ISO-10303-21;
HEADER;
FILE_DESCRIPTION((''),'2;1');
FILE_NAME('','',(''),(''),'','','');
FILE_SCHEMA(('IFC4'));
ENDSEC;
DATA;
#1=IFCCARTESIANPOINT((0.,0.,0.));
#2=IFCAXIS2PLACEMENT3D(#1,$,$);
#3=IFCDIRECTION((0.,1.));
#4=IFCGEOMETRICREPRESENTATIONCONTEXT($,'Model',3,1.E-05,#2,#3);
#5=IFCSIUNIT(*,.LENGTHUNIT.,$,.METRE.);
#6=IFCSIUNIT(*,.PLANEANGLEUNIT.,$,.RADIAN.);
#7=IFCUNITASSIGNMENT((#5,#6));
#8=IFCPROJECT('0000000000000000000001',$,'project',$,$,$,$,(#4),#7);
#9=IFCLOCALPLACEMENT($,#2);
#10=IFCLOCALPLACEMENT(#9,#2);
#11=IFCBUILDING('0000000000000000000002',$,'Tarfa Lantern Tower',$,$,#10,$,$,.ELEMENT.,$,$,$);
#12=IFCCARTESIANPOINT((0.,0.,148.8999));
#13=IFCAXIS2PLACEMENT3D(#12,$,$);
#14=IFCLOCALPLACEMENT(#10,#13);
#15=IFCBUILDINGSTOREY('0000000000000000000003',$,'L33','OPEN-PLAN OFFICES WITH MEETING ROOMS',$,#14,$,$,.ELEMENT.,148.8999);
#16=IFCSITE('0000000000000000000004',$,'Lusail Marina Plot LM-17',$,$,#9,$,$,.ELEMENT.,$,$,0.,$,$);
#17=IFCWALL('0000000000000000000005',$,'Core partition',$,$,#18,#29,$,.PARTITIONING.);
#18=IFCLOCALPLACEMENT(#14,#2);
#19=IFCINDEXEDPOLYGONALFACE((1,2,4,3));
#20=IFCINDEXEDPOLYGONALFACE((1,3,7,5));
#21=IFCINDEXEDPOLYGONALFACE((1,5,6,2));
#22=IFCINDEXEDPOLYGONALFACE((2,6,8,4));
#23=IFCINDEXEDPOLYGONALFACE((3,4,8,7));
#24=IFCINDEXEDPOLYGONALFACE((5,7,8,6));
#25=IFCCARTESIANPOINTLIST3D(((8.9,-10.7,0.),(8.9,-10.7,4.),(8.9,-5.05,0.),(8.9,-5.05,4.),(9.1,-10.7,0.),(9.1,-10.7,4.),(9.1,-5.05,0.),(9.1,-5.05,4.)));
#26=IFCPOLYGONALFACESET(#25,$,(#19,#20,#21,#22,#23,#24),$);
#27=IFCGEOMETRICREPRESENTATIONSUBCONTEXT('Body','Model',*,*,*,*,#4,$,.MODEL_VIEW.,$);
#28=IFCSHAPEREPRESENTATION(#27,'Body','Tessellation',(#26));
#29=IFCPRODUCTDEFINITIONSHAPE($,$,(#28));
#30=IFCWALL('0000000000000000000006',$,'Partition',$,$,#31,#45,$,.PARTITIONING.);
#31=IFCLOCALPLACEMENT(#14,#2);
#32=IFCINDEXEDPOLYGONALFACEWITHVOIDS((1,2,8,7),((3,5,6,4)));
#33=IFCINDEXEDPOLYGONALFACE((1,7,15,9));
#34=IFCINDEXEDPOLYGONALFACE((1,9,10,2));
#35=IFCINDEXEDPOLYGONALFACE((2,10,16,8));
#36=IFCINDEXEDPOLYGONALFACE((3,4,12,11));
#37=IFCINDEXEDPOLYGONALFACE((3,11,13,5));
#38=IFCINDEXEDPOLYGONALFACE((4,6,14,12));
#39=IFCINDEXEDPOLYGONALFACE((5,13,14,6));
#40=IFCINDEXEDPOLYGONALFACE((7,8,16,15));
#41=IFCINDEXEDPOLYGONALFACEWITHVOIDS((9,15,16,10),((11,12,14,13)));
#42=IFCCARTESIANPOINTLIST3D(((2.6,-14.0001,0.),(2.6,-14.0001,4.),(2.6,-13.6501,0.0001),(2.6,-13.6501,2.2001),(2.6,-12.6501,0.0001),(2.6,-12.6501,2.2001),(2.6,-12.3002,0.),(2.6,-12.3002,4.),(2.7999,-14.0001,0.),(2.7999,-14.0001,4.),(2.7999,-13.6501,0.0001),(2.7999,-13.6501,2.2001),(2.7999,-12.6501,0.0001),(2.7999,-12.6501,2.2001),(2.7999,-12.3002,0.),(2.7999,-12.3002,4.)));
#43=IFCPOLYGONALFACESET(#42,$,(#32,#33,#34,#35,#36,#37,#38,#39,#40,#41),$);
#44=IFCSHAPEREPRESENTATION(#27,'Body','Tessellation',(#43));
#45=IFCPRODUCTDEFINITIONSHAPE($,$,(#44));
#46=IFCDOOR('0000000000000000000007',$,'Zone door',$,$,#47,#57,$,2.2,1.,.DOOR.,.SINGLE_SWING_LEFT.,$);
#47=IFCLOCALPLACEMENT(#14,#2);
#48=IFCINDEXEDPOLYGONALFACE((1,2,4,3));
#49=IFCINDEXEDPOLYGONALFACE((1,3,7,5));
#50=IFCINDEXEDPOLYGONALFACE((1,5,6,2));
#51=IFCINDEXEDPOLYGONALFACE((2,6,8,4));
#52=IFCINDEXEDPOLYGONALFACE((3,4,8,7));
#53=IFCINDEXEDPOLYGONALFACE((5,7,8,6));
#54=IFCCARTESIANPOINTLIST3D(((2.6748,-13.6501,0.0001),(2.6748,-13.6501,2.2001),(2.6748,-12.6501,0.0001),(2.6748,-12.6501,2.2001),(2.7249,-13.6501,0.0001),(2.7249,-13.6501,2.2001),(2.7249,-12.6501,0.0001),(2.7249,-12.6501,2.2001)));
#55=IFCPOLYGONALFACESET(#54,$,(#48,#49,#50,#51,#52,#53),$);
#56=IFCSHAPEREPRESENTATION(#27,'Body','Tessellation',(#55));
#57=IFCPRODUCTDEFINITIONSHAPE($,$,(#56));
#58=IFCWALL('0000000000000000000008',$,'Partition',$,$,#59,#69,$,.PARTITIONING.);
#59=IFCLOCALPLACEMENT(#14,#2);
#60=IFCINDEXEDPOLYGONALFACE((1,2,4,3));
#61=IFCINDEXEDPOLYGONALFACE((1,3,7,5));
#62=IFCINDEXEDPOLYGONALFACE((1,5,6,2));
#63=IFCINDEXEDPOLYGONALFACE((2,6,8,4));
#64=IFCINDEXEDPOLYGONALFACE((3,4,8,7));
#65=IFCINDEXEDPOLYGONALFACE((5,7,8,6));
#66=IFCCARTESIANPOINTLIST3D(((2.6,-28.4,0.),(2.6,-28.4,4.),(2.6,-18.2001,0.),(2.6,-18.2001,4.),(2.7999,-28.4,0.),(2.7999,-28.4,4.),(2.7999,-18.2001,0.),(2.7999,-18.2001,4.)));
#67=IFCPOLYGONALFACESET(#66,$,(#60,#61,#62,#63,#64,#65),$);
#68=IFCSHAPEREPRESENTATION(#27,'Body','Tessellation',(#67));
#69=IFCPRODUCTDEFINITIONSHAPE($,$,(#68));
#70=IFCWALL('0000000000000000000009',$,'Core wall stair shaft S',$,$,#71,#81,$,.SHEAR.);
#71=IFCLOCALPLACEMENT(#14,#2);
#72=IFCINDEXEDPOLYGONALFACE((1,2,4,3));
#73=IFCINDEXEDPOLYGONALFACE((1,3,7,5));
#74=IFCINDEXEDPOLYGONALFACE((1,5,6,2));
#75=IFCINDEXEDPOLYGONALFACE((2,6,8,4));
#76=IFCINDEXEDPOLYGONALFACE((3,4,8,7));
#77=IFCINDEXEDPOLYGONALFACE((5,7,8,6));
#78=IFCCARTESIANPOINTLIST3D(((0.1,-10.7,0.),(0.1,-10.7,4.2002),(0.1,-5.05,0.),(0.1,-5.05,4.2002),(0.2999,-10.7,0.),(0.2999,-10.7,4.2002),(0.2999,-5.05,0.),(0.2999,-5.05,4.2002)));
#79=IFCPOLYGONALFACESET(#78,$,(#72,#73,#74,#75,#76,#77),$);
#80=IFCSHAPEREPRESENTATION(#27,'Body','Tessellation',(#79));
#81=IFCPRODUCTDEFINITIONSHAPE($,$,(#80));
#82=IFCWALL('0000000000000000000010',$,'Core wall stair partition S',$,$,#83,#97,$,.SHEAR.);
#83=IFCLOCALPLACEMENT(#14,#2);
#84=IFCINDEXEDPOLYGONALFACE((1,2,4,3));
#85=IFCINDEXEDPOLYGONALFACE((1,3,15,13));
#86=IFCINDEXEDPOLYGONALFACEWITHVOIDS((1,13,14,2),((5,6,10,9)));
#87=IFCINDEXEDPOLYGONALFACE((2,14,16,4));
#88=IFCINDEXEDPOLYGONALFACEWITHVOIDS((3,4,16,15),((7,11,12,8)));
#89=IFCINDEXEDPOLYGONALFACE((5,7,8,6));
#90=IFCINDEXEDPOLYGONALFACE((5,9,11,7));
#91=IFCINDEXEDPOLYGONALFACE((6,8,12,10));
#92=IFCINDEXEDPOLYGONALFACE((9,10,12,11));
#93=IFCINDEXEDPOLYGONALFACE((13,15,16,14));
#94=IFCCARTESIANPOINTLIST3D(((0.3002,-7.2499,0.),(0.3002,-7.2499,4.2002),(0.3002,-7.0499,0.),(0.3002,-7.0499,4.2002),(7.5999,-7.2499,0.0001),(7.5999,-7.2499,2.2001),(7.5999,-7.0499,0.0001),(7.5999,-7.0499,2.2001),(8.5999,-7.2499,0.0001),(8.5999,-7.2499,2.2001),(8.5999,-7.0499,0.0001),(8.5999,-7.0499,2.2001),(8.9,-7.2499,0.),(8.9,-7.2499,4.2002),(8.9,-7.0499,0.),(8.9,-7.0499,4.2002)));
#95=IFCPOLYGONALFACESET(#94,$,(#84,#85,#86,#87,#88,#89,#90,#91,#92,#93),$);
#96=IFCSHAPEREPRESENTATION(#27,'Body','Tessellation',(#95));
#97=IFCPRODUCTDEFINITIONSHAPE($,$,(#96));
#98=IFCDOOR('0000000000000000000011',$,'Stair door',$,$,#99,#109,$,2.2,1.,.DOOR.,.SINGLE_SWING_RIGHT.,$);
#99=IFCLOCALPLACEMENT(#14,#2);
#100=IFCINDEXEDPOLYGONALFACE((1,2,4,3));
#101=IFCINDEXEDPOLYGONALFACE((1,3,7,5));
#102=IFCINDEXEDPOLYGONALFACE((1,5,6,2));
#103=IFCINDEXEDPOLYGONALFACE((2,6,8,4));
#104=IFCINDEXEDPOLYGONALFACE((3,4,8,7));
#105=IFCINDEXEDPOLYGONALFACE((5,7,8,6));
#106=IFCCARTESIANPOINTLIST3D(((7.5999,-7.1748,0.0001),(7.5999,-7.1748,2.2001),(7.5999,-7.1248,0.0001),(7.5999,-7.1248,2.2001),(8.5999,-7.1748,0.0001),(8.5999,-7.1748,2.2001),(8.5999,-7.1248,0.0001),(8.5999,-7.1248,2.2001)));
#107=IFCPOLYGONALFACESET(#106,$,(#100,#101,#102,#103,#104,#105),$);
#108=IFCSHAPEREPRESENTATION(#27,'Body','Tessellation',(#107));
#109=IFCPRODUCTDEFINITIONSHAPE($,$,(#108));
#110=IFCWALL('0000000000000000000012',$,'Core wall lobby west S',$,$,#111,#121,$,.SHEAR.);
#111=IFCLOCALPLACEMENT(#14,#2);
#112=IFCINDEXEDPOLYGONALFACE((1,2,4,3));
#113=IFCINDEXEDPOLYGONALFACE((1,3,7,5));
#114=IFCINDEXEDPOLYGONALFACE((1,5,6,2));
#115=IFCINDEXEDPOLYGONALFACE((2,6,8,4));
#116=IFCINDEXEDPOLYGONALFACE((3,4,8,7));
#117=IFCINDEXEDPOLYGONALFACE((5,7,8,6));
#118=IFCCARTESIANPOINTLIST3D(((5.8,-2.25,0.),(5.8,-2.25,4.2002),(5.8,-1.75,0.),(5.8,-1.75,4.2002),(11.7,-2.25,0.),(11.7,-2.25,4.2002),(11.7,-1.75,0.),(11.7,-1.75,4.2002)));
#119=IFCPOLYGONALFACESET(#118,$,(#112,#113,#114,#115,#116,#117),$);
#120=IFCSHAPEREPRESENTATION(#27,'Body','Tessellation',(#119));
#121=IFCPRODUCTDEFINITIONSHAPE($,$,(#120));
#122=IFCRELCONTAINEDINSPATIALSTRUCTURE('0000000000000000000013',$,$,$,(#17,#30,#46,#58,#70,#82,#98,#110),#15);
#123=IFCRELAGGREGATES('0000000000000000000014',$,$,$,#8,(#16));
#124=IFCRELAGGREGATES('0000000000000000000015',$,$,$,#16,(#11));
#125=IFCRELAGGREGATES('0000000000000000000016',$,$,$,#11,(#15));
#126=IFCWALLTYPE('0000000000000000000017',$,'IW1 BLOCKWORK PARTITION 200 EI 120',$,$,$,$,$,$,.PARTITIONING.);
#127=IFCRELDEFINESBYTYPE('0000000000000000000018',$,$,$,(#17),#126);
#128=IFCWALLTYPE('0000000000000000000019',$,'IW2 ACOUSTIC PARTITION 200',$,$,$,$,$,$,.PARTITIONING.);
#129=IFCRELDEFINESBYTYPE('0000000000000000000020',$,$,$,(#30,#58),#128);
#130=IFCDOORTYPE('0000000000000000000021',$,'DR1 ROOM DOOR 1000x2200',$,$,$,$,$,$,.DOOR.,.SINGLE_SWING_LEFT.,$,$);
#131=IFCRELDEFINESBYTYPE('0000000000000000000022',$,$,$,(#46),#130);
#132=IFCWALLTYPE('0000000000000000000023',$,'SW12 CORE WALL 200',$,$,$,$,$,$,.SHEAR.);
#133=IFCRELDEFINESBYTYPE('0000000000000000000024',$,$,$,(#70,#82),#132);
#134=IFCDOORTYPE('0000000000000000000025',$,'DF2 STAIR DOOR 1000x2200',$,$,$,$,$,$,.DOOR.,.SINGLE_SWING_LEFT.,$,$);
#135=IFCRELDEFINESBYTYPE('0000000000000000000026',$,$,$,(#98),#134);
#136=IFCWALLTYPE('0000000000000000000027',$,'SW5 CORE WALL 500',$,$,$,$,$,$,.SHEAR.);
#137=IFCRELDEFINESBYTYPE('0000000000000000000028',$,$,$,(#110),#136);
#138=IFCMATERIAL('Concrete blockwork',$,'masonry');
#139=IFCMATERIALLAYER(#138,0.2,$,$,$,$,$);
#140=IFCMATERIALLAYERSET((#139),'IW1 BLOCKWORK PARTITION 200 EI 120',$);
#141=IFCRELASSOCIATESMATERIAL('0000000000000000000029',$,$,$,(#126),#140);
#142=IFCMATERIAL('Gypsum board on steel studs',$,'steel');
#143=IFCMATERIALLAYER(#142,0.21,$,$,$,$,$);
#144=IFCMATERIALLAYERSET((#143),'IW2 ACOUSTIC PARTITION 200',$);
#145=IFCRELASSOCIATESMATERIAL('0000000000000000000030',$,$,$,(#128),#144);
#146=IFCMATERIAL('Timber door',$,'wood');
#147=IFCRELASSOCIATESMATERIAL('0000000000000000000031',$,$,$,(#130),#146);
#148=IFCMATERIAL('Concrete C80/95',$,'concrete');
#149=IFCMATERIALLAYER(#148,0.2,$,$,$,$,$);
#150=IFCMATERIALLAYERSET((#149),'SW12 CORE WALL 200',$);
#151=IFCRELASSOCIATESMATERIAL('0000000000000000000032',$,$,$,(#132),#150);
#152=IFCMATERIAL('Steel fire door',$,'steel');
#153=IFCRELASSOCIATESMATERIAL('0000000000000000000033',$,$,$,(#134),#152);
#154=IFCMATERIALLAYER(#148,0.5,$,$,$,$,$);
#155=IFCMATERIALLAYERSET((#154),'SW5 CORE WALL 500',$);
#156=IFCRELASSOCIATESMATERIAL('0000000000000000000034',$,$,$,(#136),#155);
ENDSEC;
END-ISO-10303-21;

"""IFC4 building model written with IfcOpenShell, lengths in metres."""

from ifc_helpers import new_model, si_unit, direction, frame, frame_2d, origin, place, context, subcontext, project, spatial, rectangle, extrude, material, layer, layer_set, type_object, element, fill, save


model = new_model("IFC4")

# Units and contexts
model_context = context("Model", 3, precision=1e-05, world=origin(), true_north=direction((0.0, 1.0)))
body_context = subcontext(model_context, "Body", "Model", "MODEL_VIEW")
ifc_project = project(units=[si_unit("LENGTHUNIT", "METRE"), si_unit("PLANEANGLEUNIT", "RADIAN")], contexts=[model_context])

# Site, building, storey
site_placement = place(None, origin())
site = spatial("IfcSite", under=ifc_project, at=site_placement, Name="Lusail Marina Plot LM-17", CompositionType="ELEMENT", RefElevation=0.0)
building_placement = place(site_placement, origin())
building = spatial("IfcBuilding", under=site, at=building_placement, Name="Tarfa Lantern Tower", CompositionType="ELEMENT")
storey_placement = place(building_placement, frame((0.0, 0.0, 148.8999)))
storey = spatial("IfcBuildingStorey", under=building, at=storey_placement, Name="L33", Description="OPEN-PLAN OFFICES WITH MEETING ROOMS", CompositionType="ELEMENT", Elevation=148.8999)

# Wall
ifc_material_1 = material(Name="Concrete blockwork", Category="masonry")
ifc_layer_1 = layer(ifc_material_1, 0.2)
ifc_layer_set_1 = layer_set([ifc_layer_1], Name="IW1 BLOCKWORK PARTITION 200 EI 120")
wall_type_1 = type_object("IfcWallType", Name="IW1 BLOCKWORK PARTITION 200 EI 120", PredefinedType="PARTITIONING", material=ifc_layer_set_1)
wall_1_placement = place(storey_placement, frame((9.0, -5.05, 0.0), z_axis=(0.0, 0.0, 1.0), x_axis=(0.0, -1.0, 0.0)))
element("IfcWall", 1, at=wall_1_placement, inside=storey, type_object=wall_type_1, Name="Core partition", PredefinedType="PARTITIONING", context=body_context, shape_type="SweptSolid", body=[
    extrude(rectangle(XDim=5.6499, YDim=0.2, at=frame_2d((2.825, 0.0))), origin(), (0.0, 0.0, 1.0), 4.0),
])

# Wall, opening, door
ifc_material_2 = material(Name="Gypsum board on steel studs", Category="steel")
ifc_layer_2 = layer(ifc_material_2, 0.21)
ifc_layer_set_2 = layer_set([ifc_layer_2], Name="IW2 ACOUSTIC PARTITION 200")
wall_type_2 = type_object("IfcWallType", Name="IW2 ACOUSTIC PARTITION 200", PredefinedType="PARTITIONING", material=ifc_layer_set_2)
wall_2_placement = place(storey_placement, frame((2.7, -12.3, 0.0), z_axis=(0.0, 0.0, 1.0), x_axis=(0.0, -1.0, 0.0)))
wall_2 = element("IfcWall", 2, at=wall_2_placement, inside=storey, type_object=wall_type_2, Name="Partition", PredefinedType="PARTITIONING", context=body_context, shape_type="SweptSolid", body=[
    extrude(rectangle(XDim=1.7, YDim=0.2, at=frame_2d((0.8501, 0.0))), origin(), (0.0, 0.0, 1.0), 4.0),
])
opening_1_placement = place(wall_2_placement, frame((0.3501, 0.0, 0.0)))
opening_1 = element("IfcOpeningElement", 3, at=opening_1_placement, cuts=wall_2, PredefinedType="OPENING", context=body_context, shape_type="SweptSolid", body=[
    extrude(rectangle(XDim=1.0, YDim=2.2, at=frame_2d((0.5, 1.1001))), frame((0.0, 0.1099, 0.0), z_axis=(0.0, -1.0, 0.0), x_axis=(1.0, 0.0, 0.0)), (0.0, 0.0, 1.0), 0.22),
])
ifc_material_3 = material(Name="Timber door", Category="wood")
door_type_1 = type_object("IfcDoorType", Name="DR1 ROOM DOOR 1000x2200", OperationType="SINGLE_SWING_LEFT", PredefinedType="DOOR", material=ifc_material_3)
door_1_placement = place(opening_1_placement, origin())
door_1 = element("IfcDoor", 4, at=door_1_placement, inside=storey, type_object=door_type_1, Name="Zone door", OperationType="SINGLE_SWING_LEFT", OverallHeight=2.2, OverallWidth=1.0, PredefinedType="DOOR", context=body_context, shape_type="SweptSolid", body=[
    extrude(rectangle(XDim=1.0, YDim=2.2, at=frame_2d((0.5, 1.1001))), frame((0.0, 0.0249, 0.0), z_axis=(0.0, -1.0, 0.0), x_axis=(1.0, 0.0, 0.0)), (0.0, 0.0, 1.0), 0.05),
])
fill(opening_1, door_1)

# Walls
wall_3_placement = place(storey_placement, frame((2.7, -18.2, 0.0), z_axis=(0.0, 0.0, 1.0), x_axis=(0.0, -1.0, 0.0)))
element("IfcWall", 5, at=wall_3_placement, inside=storey, type_object=wall_type_2, Name="Partition", PredefinedType="PARTITIONING", context=body_context, shape_type="SweptSolid", body=[
    extrude(rectangle(XDim=10.2, YDim=0.2, at=frame_2d((5.1001, 0.0))), origin(), (0.0, 0.0, 1.0), 4.0),
])
ifc_material_4 = material(Name="Concrete C80/95", Category="concrete")
ifc_layer_3 = layer(ifc_material_4, 0.2)
ifc_layer_set_3 = layer_set([ifc_layer_3], Name="SW12 CORE WALL 200")
wall_type_3 = type_object("IfcWallType", Name="SW12 CORE WALL 200", PredefinedType="SHEAR", material=ifc_layer_set_3)
wall_4_placement = place(storey_placement, frame((0.2, -5.05, 0.0), z_axis=(0.0, 0.0, 1.0), x_axis=(0.0, -1.0, 0.0)))
element("IfcWall", 6, at=wall_4_placement, inside=storey, type_object=wall_type_3, Name="Core wall stair shaft S", PredefinedType="SHEAR", context=body_context, shape_type="SweptSolid", body=[
    extrude(rectangle(XDim=5.6499, YDim=0.2, at=frame_2d((2.825, 0.0))), origin(), (0.0, 0.0, 1.0), 4.2002),
])

# Wall, opening, door
wall_5_placement = place(storey_placement, frame((8.8999, -7.1499, 0.0), z_axis=(0.0, 0.0, 1.0), x_axis=(-1.0, 0.0, 0.0)))
wall_5 = element("IfcWall", 7, at=wall_5_placement, inside=storey, type_object=wall_type_3, Name="Core wall stair partition S", PredefinedType="SHEAR", context=body_context, shape_type="SweptSolid", body=[
    extrude(rectangle(XDim=8.5999, YDim=0.2, at=frame_2d((4.2998, 0.0))), origin(), (0.0, 0.0, 1.0), 4.2002),
])
opening_2_placement = place(wall_5_placement, frame((0.3, 0.0, 0.0)))
opening_2 = element("IfcOpeningElement", 8, at=opening_2_placement, cuts=wall_5, PredefinedType="OPENING", context=body_context, shape_type="SweptSolid", body=[
    extrude(rectangle(XDim=1.0, YDim=2.2, at=frame_2d((0.5, 1.1001))), frame((0.0, 0.1099, 0.0), z_axis=(0.0, -1.0, 0.0), x_axis=(1.0, 0.0, 0.0)), (0.0, 0.0, 1.0), 0.22),
])
ifc_material_5 = material(Name="Steel fire door", Category="steel")
door_type_2 = type_object("IfcDoorType", Name="DF2 STAIR DOOR 1000x2200", OperationType="SINGLE_SWING_LEFT", PredefinedType="DOOR", material=ifc_material_5)
door_2_placement = place(opening_2_placement, origin())
door_2 = element("IfcDoor", 9, at=door_2_placement, inside=storey, type_object=door_type_2, Name="Stair door", OperationType="SINGLE_SWING_RIGHT", OverallHeight=2.2, OverallWidth=1.0, PredefinedType="DOOR", context=body_context, shape_type="SweptSolid", body=[
    extrude(rectangle(XDim=1.0, YDim=2.2, at=frame_2d((0.5, 1.1001))), frame((0.0, 0.0249, 0.0), z_axis=(0.0, -1.0, 0.0), x_axis=(1.0, 0.0, 0.0)), (0.0, 0.0, 1.0), 0.05),
])
fill(opening_2, door_2)

# Wall
ifc_layer_4 = layer(ifc_material_4, 0.5)
ifc_layer_set_4 = layer_set([ifc_layer_4], Name="SW5 CORE WALL 500")
wall_type_4 = type_object("IfcWallType", Name="SW5 CORE WALL 500", PredefinedType="SHEAR", material=ifc_layer_set_4)
wall_6_placement = place(storey_placement, frame((11.7, -2.0, 0.0), z_axis=(0.0, 0.0, 1.0), x_axis=(-1.0, 0.0, 0.0)))
element("IfcWall", 10, at=wall_6_placement, inside=storey, type_object=wall_type_4, Name="Core wall lobby west S", PredefinedType="SHEAR", context=body_context, shape_type="SweptSolid", body=[
    extrude(rectangle(XDim=5.8999, YDim=0.5, at=frame_2d((2.95, 0.0))), origin(), (0.0, 0.0, 1.0), 4.2002),
])

save(model, "model.ifc")
